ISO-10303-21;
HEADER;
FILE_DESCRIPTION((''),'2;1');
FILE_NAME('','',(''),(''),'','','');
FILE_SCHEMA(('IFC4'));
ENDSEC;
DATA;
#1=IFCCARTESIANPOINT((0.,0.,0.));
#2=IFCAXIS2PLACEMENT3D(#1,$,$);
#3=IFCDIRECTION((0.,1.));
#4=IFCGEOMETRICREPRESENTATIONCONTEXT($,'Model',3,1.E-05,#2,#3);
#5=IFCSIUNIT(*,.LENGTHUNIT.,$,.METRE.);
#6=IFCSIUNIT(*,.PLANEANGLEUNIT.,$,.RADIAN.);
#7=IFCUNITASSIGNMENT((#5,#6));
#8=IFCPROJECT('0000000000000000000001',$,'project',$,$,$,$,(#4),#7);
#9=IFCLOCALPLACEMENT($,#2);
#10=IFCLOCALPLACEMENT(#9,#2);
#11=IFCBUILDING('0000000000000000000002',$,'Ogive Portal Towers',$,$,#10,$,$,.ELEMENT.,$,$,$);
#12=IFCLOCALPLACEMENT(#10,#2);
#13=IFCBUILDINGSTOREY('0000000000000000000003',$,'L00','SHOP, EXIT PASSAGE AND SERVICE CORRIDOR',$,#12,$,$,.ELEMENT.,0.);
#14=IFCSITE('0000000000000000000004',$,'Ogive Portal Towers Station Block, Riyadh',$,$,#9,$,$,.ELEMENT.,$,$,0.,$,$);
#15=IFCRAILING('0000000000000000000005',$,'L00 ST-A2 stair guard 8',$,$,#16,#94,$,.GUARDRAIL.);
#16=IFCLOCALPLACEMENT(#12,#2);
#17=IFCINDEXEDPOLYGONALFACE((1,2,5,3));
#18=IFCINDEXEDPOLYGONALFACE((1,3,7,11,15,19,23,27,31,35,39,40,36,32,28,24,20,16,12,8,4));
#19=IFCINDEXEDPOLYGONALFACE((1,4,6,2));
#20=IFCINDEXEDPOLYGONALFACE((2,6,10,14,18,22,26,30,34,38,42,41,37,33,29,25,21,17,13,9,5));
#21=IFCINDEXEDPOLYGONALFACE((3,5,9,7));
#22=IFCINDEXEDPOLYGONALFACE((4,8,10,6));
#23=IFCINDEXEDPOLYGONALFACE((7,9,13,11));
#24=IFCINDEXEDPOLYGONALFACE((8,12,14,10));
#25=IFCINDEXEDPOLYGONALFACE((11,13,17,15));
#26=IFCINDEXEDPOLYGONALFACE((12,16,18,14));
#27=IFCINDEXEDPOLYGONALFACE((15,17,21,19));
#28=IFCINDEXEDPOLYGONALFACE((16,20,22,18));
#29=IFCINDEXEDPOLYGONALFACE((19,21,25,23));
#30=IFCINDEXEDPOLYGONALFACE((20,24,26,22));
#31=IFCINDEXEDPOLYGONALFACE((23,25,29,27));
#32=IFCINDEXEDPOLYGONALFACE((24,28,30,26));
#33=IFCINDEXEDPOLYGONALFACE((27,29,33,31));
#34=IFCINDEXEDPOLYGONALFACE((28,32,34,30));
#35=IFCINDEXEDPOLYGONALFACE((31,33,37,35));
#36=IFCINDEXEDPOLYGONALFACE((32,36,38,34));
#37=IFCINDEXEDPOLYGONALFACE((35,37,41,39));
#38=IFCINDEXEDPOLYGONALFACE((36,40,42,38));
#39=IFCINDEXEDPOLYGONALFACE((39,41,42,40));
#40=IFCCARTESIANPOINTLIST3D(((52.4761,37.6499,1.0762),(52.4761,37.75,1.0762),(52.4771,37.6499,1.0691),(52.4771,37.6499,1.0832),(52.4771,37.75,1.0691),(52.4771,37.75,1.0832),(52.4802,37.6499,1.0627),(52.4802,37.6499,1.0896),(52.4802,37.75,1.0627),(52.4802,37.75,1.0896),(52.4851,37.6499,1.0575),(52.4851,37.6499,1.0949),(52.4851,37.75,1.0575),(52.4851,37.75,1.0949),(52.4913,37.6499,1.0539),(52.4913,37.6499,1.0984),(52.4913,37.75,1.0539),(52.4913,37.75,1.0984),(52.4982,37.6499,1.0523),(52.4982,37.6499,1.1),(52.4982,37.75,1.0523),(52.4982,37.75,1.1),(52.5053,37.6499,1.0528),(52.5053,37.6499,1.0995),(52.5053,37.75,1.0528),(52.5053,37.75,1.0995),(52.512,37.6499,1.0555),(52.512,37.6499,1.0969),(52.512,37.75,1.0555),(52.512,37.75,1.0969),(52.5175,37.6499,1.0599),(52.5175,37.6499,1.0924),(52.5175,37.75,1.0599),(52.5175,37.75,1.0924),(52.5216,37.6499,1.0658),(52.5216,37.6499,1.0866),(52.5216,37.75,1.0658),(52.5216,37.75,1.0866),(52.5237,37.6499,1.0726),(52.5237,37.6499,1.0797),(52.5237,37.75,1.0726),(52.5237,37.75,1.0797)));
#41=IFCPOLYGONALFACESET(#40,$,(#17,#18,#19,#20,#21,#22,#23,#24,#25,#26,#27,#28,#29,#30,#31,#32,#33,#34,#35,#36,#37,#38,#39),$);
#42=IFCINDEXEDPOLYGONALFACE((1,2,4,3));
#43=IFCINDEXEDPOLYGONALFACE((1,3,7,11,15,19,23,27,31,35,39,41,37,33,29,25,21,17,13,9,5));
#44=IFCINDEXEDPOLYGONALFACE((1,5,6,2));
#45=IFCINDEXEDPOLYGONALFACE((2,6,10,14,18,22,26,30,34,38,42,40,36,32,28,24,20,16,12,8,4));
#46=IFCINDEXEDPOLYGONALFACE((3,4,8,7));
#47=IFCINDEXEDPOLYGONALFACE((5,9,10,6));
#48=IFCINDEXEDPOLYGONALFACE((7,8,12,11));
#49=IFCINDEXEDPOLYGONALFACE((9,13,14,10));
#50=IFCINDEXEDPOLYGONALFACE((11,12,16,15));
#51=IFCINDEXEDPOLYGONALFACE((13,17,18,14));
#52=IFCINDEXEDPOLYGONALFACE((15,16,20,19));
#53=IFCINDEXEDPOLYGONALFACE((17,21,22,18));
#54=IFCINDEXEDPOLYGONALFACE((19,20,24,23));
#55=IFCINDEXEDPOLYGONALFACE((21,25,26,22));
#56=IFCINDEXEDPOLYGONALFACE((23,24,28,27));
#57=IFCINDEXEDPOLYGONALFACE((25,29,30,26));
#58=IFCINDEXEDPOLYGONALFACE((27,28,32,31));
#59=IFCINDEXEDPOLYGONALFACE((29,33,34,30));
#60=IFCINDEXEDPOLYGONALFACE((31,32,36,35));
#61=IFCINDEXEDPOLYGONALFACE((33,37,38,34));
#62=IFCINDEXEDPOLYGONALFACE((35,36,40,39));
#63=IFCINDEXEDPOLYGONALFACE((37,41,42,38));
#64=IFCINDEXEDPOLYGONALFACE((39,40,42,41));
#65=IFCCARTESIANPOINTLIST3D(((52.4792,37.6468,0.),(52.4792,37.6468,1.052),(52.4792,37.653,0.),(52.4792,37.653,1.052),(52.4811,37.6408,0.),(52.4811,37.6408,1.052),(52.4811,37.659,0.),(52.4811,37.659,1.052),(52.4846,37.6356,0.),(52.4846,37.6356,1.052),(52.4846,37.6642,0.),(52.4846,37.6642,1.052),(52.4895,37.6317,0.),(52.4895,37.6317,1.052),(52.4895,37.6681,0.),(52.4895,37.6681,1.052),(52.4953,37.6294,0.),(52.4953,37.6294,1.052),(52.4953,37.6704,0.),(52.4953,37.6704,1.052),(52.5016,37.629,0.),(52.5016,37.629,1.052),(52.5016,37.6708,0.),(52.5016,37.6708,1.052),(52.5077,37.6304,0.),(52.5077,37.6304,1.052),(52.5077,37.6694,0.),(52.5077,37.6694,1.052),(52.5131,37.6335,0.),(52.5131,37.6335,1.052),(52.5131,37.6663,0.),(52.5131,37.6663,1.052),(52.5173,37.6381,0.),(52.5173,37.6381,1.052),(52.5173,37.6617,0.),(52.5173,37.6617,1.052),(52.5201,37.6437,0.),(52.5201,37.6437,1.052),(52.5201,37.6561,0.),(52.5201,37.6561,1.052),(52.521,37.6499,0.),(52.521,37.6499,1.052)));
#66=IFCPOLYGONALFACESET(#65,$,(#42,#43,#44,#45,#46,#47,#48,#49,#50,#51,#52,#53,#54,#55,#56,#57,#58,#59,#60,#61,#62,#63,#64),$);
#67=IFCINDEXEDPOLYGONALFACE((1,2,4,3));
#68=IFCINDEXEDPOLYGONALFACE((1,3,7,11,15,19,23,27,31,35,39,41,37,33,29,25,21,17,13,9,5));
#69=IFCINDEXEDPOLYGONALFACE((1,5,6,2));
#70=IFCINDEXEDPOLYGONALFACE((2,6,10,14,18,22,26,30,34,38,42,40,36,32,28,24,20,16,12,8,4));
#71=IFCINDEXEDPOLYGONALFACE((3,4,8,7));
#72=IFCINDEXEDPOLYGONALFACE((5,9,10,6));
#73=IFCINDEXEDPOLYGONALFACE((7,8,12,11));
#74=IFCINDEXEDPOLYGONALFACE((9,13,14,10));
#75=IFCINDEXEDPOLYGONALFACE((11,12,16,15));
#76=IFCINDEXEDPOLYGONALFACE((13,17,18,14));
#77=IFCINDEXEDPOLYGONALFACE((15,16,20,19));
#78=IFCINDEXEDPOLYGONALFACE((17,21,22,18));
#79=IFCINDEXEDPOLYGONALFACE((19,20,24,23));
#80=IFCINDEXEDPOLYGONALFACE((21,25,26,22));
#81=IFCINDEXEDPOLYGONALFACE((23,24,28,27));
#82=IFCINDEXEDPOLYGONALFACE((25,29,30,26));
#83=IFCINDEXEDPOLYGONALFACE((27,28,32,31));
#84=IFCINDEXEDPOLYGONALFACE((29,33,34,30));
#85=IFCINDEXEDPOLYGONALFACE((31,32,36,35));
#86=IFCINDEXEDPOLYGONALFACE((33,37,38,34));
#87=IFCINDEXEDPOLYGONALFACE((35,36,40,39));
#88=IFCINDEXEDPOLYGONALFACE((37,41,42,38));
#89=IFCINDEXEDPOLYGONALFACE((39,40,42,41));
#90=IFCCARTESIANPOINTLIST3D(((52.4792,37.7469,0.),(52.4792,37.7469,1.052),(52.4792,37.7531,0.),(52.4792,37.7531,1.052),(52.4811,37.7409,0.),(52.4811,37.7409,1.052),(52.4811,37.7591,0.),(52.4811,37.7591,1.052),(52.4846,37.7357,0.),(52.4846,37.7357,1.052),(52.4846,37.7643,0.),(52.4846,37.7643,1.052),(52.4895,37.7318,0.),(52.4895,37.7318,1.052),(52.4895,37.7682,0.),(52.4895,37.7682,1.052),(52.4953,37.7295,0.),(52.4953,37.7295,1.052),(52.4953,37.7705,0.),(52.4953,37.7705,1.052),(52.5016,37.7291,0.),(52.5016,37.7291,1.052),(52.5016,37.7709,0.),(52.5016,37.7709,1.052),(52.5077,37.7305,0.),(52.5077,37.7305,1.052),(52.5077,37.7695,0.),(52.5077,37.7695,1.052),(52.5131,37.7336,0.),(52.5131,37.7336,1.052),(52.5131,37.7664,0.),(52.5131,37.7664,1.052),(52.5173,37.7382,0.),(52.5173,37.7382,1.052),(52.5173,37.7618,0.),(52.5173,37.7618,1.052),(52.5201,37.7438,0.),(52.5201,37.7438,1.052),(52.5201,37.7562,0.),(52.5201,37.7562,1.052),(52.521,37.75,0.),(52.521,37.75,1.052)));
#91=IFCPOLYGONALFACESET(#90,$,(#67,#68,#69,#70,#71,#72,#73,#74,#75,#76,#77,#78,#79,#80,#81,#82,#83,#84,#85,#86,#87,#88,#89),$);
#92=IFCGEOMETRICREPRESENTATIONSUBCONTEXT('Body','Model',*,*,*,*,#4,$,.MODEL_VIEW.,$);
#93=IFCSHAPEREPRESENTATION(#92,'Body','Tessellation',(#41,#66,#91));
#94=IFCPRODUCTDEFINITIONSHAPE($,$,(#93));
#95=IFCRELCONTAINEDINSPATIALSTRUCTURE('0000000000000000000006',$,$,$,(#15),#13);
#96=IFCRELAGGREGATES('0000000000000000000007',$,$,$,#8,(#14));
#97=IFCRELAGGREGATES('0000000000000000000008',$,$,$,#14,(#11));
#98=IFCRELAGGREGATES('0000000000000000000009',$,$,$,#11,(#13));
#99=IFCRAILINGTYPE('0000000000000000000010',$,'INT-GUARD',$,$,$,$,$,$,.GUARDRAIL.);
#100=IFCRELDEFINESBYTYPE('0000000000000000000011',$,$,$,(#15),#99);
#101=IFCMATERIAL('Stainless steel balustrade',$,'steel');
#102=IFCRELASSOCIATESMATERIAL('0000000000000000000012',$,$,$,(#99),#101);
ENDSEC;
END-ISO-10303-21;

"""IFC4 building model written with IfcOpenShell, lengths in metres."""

from ifc_helpers import new_model, si_unit, direction, frame, origin, origin_2d, place, context, subcontext, project, spatial, circle, extrude, material, type_object, element, save


model = new_model("IFC4")

# Units and contexts
model_context = context("Model", 3, precision=1e-05, world=origin(), true_north=direction((0.0, 1.0)))
body_context = subcontext(model_context, "Body", "Model", "MODEL_VIEW")
ifc_project = project(units=[si_unit("LENGTHUNIT", "METRE"), si_unit("PLANEANGLEUNIT", "RADIAN")], contexts=[model_context])

# Site, building, storey
site_placement = place(None, origin())
site = spatial("IfcSite", under=ifc_project, at=site_placement, Name="Ogive Portal Towers Station Block, Riyadh", CompositionType="ELEMENT", RefElevation=0.0)
building_placement = place(site_placement, origin())
building = spatial("IfcBuilding", under=site, at=building_placement, Name="Ogive Portal Towers", CompositionType="ELEMENT")
storey_placement = place(building_placement, origin())
storey = spatial("IfcBuildingStorey", under=building, at=storey_placement, Name="L00", Description="SHOP, EXIT PASSAGE AND SERVICE CORRIDOR", CompositionType="ELEMENT", Elevation=0.0)

# Railing
ifc_material_1 = material(Name="Stainless steel balustrade", Category="steel")
railing_type_1 = type_object("IfcRailingType", Name="INT-GUARD", PredefinedType="GUARDRAIL", material=ifc_material_1)
railing_1_placement = place(storey_placement, frame((52.5, 37.6499, 0.0)))
element("IfcRailing", 1, at=railing_1_placement, inside=storey, type_object=railing_type_1, Name="L00 ST-A2 stair guard 8", PredefinedType="GUARDRAIL", context=body_context, shape_type="SweptSolid", body=[
    extrude(circle(Radius=0.0239, at=origin_2d()), frame((0.0, 0.0, 1.0762), z_axis=(0.0, 1.0, 0.0), x_axis=(-1.0, 0.0, 0.0)), (0.0, 0.0, 1.0), 0.1001),
    extrude(circle(Radius=0.021, at=origin_2d()), origin(), (0.0, 0.0, 1.0), 1.052),
    extrude(circle(Radius=0.021, at=origin_2d()), frame((0.0, 0.1001, 0.0)), (0.0, 0.0, 1.0), 1.052),
])

save(model, "model.ifc")
